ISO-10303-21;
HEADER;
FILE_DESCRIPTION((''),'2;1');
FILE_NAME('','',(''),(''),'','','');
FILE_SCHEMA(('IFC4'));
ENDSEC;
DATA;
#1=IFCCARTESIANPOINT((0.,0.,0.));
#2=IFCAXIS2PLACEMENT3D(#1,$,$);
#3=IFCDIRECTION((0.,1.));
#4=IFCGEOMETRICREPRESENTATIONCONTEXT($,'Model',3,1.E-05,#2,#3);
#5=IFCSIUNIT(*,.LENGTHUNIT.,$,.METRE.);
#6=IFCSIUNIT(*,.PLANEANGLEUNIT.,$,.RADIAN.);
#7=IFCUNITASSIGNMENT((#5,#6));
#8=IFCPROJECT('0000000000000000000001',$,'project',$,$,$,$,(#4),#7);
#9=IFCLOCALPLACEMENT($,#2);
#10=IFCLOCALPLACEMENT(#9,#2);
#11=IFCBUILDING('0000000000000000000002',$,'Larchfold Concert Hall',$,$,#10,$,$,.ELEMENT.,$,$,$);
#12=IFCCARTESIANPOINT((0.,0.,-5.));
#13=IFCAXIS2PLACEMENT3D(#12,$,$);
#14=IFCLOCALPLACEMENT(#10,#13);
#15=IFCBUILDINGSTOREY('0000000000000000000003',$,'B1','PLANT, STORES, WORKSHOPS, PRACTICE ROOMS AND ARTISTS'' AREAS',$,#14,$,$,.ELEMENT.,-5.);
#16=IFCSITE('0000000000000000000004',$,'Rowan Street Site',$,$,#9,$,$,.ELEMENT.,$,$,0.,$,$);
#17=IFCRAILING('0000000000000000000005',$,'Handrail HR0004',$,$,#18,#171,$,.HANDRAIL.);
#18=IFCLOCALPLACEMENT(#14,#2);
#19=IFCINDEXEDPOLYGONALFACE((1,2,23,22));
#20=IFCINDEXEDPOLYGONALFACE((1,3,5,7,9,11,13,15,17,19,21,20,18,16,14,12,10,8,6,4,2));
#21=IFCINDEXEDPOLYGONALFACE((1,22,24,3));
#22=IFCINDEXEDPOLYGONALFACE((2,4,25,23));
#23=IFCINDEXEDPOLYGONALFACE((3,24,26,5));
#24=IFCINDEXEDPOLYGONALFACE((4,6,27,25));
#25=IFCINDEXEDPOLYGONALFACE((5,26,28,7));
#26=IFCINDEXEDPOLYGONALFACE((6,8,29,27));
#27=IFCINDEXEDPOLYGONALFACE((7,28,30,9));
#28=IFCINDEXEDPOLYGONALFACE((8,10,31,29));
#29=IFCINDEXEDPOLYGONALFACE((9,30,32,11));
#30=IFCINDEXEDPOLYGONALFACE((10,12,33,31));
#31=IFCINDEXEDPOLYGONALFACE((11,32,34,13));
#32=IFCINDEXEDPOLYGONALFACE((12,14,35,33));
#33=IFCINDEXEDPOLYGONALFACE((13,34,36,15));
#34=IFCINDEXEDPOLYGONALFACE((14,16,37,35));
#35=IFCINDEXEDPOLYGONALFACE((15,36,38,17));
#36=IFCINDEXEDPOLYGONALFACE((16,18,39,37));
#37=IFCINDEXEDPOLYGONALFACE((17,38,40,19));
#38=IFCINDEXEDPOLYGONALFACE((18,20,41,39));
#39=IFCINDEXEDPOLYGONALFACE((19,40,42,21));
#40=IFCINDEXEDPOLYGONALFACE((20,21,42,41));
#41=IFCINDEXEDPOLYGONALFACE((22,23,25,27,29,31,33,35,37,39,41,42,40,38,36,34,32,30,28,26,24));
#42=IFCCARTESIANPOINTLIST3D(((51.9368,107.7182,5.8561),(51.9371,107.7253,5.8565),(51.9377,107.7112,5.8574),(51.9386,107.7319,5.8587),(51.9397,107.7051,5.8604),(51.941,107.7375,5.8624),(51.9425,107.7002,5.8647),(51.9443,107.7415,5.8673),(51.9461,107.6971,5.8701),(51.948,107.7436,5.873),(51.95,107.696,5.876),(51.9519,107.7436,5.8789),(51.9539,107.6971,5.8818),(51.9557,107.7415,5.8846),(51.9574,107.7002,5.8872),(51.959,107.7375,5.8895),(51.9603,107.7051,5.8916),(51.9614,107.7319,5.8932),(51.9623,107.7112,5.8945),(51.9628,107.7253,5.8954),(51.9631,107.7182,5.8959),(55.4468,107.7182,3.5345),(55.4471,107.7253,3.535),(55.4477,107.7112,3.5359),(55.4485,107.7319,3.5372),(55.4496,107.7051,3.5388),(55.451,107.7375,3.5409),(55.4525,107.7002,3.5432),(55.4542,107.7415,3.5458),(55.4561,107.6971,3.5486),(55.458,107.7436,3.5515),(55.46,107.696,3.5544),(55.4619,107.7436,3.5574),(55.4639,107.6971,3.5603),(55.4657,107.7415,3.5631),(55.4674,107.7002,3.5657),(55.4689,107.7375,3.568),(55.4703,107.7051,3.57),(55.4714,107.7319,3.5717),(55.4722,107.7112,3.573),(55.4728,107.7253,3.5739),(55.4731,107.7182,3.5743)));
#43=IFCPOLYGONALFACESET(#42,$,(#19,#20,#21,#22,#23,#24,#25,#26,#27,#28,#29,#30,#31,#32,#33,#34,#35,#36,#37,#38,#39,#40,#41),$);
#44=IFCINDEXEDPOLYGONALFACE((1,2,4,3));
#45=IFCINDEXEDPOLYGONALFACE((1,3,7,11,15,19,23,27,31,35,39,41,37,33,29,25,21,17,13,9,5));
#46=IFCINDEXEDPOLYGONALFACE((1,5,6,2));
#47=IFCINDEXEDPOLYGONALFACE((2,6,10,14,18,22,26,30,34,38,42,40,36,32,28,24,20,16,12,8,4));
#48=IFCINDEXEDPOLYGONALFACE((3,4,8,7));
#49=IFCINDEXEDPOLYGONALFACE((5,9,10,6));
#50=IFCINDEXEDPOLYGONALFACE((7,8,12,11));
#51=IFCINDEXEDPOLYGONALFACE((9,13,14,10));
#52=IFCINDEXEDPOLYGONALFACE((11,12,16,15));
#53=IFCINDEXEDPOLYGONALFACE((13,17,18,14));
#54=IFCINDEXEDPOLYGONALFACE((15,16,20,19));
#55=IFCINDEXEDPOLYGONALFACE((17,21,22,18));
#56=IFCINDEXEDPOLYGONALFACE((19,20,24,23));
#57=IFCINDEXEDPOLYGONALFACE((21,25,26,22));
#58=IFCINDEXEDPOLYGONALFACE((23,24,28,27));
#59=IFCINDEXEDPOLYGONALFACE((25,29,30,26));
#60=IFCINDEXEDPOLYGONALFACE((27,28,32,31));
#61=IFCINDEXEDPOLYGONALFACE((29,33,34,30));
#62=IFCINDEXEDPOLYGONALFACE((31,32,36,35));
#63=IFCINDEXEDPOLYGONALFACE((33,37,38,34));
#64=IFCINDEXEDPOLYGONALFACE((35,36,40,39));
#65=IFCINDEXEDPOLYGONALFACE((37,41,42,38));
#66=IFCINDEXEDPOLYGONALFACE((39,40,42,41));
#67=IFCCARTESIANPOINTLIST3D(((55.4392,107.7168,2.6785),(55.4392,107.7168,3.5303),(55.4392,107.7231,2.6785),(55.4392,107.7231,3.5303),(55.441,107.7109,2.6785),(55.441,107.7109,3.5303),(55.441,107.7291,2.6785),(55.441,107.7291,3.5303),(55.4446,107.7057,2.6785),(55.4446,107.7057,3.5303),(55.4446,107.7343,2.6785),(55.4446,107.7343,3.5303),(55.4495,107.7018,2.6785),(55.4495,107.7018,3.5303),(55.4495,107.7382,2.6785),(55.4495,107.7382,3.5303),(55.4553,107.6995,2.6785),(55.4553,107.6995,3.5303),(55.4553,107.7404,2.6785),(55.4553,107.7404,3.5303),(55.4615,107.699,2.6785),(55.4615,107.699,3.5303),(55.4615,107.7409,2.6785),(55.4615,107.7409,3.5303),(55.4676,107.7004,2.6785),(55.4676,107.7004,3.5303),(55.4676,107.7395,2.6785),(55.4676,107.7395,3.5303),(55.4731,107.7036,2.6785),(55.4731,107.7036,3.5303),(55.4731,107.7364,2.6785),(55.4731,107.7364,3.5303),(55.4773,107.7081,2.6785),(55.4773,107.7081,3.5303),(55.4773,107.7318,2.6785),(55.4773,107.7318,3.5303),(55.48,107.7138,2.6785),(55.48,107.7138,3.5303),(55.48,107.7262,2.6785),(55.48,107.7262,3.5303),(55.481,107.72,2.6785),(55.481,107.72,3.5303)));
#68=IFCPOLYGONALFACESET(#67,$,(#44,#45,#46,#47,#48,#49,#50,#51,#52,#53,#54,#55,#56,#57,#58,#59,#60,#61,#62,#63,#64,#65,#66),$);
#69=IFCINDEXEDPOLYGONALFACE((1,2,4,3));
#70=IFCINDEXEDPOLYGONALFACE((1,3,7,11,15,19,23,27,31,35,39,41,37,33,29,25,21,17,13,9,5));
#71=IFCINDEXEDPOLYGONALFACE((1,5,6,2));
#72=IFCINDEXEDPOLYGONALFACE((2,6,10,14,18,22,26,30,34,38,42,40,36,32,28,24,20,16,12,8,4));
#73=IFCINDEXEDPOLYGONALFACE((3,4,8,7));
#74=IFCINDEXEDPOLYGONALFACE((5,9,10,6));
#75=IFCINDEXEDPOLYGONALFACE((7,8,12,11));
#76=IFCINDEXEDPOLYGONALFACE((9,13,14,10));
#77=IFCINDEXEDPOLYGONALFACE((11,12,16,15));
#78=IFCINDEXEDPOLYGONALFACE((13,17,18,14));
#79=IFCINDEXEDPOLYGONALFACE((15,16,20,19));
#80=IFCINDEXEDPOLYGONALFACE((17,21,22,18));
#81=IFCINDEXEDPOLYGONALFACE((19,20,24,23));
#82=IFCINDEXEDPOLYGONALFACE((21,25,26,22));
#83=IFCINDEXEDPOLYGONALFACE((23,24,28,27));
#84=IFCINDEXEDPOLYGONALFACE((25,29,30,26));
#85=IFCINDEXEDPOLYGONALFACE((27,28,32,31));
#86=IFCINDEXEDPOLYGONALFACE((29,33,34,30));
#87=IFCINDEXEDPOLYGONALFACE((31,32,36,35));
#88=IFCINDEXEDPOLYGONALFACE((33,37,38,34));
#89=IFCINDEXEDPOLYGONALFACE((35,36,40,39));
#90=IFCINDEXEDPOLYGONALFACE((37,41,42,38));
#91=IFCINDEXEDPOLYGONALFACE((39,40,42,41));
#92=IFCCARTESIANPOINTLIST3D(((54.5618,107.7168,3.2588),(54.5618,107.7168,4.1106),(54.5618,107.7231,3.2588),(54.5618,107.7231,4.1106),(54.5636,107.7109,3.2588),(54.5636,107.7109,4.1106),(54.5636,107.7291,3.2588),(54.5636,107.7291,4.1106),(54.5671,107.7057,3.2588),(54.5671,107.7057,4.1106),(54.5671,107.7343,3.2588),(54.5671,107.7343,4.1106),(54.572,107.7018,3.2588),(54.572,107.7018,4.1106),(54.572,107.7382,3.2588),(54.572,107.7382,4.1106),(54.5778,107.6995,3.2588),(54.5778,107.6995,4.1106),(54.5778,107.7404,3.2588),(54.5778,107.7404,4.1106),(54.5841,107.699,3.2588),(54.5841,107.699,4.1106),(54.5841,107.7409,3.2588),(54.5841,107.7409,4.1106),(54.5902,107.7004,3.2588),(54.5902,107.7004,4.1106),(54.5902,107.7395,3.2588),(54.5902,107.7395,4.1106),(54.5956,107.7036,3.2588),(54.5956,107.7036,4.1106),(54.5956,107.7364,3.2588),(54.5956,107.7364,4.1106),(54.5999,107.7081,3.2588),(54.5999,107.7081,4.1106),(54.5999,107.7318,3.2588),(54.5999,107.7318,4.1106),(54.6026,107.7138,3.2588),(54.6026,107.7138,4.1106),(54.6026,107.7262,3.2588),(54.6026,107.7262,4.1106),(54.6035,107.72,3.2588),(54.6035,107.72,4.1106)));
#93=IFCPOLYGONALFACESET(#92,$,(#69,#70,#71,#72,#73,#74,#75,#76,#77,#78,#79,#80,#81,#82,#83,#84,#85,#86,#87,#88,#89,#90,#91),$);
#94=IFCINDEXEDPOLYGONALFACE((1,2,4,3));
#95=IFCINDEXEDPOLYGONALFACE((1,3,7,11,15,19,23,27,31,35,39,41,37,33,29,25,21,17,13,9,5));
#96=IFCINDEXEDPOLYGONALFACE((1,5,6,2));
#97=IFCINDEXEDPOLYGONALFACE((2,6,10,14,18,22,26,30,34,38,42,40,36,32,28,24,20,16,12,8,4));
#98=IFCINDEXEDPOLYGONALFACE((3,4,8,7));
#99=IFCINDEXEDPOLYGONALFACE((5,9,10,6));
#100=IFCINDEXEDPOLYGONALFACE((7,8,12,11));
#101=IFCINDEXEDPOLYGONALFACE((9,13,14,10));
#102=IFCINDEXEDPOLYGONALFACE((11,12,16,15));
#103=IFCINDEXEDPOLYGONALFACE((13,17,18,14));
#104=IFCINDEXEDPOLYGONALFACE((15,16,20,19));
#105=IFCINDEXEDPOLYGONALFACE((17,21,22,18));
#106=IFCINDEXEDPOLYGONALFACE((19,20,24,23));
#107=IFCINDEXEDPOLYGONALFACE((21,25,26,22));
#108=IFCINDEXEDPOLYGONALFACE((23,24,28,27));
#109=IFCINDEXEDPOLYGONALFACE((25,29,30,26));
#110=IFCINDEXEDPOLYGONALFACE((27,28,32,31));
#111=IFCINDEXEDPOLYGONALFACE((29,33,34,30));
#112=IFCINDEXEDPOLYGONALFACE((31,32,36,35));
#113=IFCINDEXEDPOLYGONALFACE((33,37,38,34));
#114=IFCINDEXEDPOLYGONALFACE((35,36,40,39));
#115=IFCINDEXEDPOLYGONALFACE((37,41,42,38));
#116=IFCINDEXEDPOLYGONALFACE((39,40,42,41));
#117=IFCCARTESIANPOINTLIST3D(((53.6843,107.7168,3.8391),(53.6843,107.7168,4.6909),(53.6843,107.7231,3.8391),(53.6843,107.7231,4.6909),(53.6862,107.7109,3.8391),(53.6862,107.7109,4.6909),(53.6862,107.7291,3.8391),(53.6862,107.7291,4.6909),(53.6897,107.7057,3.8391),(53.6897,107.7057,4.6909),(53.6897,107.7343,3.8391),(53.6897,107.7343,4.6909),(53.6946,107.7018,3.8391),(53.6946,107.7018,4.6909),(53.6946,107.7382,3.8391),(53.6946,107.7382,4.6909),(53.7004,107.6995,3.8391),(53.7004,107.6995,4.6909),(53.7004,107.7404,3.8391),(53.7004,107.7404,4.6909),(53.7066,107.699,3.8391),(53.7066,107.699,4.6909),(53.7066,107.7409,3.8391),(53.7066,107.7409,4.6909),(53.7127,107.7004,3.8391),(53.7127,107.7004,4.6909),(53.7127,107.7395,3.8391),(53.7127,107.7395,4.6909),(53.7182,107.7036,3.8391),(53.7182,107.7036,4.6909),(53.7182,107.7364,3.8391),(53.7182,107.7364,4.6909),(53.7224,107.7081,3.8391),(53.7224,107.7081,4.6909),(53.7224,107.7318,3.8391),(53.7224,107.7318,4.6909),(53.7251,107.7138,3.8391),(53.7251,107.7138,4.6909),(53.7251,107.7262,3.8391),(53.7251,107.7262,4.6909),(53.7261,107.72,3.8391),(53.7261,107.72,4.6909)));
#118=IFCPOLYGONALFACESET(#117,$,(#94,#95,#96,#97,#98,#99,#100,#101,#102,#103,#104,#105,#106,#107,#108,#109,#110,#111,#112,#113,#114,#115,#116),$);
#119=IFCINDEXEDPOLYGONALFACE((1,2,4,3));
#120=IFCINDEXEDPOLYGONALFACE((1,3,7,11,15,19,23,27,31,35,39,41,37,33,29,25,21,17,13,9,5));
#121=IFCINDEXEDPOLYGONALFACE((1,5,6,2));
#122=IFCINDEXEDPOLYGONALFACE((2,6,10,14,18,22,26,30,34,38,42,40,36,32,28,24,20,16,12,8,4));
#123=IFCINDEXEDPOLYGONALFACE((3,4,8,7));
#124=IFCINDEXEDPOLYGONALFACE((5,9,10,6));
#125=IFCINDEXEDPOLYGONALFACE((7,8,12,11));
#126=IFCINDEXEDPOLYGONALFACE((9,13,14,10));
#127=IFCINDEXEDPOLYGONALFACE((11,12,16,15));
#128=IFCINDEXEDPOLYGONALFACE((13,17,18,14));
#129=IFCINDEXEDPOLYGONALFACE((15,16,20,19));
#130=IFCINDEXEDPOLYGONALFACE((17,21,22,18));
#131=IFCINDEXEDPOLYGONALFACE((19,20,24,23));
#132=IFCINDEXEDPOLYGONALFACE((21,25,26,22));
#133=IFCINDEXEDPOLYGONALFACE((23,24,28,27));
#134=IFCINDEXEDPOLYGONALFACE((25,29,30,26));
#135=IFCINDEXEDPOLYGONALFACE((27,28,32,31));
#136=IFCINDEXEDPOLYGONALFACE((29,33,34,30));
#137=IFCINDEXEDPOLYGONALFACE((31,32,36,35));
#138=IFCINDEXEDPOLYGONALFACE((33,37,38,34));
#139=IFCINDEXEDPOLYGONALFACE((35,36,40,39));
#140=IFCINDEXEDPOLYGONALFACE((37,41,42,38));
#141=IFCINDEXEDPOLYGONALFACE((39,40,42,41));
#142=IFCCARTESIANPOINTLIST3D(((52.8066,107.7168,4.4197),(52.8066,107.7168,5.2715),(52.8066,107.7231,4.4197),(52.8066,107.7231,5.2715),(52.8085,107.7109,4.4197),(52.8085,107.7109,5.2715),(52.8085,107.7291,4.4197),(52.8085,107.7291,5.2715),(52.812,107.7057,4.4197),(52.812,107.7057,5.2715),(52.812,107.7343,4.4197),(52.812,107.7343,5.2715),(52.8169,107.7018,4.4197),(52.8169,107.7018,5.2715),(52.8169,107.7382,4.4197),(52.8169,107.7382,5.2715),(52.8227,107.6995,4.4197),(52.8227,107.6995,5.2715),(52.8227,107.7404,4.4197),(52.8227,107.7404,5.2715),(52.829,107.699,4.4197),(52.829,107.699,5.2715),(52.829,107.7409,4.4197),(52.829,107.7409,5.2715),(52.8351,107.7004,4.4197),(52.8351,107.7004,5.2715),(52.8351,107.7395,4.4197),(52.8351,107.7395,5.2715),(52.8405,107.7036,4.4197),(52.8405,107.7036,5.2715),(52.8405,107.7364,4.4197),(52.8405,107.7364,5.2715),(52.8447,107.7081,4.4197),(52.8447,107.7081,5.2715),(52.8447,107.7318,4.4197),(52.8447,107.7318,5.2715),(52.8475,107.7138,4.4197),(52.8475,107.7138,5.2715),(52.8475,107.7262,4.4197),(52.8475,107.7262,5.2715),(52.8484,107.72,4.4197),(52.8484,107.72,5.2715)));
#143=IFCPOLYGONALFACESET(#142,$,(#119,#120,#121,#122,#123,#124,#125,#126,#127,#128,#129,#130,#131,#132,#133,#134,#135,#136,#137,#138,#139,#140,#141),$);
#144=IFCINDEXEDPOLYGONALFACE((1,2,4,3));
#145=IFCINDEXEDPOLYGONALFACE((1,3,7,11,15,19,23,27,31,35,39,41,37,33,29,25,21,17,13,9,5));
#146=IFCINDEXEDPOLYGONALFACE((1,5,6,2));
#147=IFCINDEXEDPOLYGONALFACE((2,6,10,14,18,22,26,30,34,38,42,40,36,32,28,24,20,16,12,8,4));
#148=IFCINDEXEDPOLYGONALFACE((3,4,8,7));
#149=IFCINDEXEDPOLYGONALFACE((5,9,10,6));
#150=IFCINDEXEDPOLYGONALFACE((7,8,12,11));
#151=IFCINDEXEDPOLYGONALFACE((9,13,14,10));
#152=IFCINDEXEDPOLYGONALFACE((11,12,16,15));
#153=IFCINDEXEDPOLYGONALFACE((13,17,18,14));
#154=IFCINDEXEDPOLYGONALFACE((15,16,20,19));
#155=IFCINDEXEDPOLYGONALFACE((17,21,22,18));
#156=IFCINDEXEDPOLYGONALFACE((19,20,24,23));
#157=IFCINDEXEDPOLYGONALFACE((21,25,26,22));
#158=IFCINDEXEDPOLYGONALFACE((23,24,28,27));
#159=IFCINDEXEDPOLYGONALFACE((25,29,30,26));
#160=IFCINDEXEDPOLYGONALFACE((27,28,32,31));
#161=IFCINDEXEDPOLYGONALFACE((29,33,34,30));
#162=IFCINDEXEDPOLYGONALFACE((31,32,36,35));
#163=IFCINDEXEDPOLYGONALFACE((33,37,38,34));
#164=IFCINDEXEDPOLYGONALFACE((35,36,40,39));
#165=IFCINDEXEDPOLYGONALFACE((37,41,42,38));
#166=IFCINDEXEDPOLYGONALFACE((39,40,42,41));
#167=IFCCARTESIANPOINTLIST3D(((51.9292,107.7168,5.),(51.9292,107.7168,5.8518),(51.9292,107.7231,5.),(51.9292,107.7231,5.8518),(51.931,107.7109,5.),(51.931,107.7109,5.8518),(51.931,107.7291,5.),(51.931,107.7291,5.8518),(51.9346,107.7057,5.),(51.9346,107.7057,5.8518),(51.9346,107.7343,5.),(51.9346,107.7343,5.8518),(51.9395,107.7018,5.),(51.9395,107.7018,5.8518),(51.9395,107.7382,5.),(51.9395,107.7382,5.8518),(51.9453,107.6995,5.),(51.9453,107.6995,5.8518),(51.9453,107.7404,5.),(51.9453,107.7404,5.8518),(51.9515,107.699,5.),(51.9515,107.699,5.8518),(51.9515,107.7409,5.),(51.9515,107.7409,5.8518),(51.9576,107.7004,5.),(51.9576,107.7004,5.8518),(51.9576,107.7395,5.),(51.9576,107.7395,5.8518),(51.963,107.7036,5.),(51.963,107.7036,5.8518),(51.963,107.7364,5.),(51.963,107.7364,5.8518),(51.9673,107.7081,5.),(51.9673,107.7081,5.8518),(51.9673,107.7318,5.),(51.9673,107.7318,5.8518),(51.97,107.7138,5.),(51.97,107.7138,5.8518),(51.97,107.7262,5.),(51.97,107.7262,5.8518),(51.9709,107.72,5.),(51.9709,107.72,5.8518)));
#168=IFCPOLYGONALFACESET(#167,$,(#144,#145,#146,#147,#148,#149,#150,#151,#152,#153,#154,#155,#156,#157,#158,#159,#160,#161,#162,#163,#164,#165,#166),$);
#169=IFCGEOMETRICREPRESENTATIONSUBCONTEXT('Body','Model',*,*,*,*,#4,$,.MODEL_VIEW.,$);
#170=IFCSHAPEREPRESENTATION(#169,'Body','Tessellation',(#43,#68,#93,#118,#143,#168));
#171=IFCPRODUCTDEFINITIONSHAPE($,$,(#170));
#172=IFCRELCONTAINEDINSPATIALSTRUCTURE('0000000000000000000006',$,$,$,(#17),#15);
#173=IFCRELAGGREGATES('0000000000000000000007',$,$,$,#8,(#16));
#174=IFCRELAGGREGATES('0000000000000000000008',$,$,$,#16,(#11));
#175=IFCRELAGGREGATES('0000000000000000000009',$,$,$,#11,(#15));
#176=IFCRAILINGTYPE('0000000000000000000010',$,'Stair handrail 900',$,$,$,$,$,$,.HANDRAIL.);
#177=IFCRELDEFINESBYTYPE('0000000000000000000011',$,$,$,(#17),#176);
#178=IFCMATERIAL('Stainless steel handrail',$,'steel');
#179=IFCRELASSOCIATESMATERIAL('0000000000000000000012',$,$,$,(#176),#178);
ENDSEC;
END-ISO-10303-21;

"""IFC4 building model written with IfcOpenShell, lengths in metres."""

from ifc_helpers import new_model, si_unit, direction, frame, origin, origin_2d, place, context, subcontext, project, spatial, circle, extrude, material, type_object, element, save


model = new_model("IFC4")

# Units and contexts
model_context = context("Model", 3, precision=1e-05, world=origin(), true_north=direction((0.0, 1.0)))
body_context = subcontext(model_context, "Body", "Model", "MODEL_VIEW")
ifc_project = project(units=[si_unit("LENGTHUNIT", "METRE"), si_unit("PLANEANGLEUNIT", "RADIAN")], contexts=[model_context])

# Site, building, storey
site_placement = place(None, origin())
site = spatial("IfcSite", under=ifc_project, at=site_placement, Name="Rowan Street Site", CompositionType="ELEMENT", RefElevation=0.0)
building_placement = place(site_placement, origin())
building = spatial("IfcBuilding", under=site, at=building_placement, Name="Larchfold Concert Hall", CompositionType="ELEMENT")
storey_placement = place(building_placement, frame((0.0, 0.0, -5.0)))
storey = spatial("IfcBuildingStorey", under=building, at=storey_placement, Name="B1", Description="PLANT, STORES, WORKSHOPS, PRACTICE ROOMS AND ARTISTS' AREAS", CompositionType="ELEMENT", Elevation=-5.0)

# Railing
ifc_material_1 = material(Name="Stainless steel handrail", Category="steel")
railing_type_1 = type_object("IfcRailingType", Name="Stair handrail 900", PredefinedType="HANDRAIL", material=ifc_material_1)
railing_1_placement = place(storey_placement, frame((55.46, 107.72, 2.6785)))
element("IfcRailing", 1, at=railing_1_placement, inside=storey, type_object=railing_type_1, Name="Handrail HR0004", PredefinedType="HANDRAIL", context=body_context, shape_type="SweptSolid", body=[
    extrude(circle(Radius=0.0239, at=origin_2d()), frame((0.0, 0.0, 0.876), z_axis=(-0.834071, 0.0, 0.551657), x_axis=(0.0, -1.0, 0.0)), (0.0, 0.0, 1.0), 4.2083),
    extrude(circle(Radius=0.021, at=origin_2d()), origin(), (0.0, 0.0, 1.0), 0.8518),
    extrude(circle(Radius=0.021, at=origin_2d()), frame((-0.8774, 0.0, 0.5803)), (0.0, 0.0, 1.0), 0.8518),
    extrude(circle(Radius=0.021, at=origin_2d()), frame((-1.7549, 0.0, 1.1606)), (0.0, 0.0, 1.0), 0.8518),
    extrude(circle(Radius=0.021, at=origin_2d()), frame((-2.6326, 0.0, 1.7412)), (0.0, 0.0, 1.0), 0.8518),
    extrude(circle(Radius=0.021, at=origin_2d()), frame((-3.51, 0.0, 2.3215)), (0.0, 0.0, 1.0), 0.8518),
])

save(model, "model.ifc")
